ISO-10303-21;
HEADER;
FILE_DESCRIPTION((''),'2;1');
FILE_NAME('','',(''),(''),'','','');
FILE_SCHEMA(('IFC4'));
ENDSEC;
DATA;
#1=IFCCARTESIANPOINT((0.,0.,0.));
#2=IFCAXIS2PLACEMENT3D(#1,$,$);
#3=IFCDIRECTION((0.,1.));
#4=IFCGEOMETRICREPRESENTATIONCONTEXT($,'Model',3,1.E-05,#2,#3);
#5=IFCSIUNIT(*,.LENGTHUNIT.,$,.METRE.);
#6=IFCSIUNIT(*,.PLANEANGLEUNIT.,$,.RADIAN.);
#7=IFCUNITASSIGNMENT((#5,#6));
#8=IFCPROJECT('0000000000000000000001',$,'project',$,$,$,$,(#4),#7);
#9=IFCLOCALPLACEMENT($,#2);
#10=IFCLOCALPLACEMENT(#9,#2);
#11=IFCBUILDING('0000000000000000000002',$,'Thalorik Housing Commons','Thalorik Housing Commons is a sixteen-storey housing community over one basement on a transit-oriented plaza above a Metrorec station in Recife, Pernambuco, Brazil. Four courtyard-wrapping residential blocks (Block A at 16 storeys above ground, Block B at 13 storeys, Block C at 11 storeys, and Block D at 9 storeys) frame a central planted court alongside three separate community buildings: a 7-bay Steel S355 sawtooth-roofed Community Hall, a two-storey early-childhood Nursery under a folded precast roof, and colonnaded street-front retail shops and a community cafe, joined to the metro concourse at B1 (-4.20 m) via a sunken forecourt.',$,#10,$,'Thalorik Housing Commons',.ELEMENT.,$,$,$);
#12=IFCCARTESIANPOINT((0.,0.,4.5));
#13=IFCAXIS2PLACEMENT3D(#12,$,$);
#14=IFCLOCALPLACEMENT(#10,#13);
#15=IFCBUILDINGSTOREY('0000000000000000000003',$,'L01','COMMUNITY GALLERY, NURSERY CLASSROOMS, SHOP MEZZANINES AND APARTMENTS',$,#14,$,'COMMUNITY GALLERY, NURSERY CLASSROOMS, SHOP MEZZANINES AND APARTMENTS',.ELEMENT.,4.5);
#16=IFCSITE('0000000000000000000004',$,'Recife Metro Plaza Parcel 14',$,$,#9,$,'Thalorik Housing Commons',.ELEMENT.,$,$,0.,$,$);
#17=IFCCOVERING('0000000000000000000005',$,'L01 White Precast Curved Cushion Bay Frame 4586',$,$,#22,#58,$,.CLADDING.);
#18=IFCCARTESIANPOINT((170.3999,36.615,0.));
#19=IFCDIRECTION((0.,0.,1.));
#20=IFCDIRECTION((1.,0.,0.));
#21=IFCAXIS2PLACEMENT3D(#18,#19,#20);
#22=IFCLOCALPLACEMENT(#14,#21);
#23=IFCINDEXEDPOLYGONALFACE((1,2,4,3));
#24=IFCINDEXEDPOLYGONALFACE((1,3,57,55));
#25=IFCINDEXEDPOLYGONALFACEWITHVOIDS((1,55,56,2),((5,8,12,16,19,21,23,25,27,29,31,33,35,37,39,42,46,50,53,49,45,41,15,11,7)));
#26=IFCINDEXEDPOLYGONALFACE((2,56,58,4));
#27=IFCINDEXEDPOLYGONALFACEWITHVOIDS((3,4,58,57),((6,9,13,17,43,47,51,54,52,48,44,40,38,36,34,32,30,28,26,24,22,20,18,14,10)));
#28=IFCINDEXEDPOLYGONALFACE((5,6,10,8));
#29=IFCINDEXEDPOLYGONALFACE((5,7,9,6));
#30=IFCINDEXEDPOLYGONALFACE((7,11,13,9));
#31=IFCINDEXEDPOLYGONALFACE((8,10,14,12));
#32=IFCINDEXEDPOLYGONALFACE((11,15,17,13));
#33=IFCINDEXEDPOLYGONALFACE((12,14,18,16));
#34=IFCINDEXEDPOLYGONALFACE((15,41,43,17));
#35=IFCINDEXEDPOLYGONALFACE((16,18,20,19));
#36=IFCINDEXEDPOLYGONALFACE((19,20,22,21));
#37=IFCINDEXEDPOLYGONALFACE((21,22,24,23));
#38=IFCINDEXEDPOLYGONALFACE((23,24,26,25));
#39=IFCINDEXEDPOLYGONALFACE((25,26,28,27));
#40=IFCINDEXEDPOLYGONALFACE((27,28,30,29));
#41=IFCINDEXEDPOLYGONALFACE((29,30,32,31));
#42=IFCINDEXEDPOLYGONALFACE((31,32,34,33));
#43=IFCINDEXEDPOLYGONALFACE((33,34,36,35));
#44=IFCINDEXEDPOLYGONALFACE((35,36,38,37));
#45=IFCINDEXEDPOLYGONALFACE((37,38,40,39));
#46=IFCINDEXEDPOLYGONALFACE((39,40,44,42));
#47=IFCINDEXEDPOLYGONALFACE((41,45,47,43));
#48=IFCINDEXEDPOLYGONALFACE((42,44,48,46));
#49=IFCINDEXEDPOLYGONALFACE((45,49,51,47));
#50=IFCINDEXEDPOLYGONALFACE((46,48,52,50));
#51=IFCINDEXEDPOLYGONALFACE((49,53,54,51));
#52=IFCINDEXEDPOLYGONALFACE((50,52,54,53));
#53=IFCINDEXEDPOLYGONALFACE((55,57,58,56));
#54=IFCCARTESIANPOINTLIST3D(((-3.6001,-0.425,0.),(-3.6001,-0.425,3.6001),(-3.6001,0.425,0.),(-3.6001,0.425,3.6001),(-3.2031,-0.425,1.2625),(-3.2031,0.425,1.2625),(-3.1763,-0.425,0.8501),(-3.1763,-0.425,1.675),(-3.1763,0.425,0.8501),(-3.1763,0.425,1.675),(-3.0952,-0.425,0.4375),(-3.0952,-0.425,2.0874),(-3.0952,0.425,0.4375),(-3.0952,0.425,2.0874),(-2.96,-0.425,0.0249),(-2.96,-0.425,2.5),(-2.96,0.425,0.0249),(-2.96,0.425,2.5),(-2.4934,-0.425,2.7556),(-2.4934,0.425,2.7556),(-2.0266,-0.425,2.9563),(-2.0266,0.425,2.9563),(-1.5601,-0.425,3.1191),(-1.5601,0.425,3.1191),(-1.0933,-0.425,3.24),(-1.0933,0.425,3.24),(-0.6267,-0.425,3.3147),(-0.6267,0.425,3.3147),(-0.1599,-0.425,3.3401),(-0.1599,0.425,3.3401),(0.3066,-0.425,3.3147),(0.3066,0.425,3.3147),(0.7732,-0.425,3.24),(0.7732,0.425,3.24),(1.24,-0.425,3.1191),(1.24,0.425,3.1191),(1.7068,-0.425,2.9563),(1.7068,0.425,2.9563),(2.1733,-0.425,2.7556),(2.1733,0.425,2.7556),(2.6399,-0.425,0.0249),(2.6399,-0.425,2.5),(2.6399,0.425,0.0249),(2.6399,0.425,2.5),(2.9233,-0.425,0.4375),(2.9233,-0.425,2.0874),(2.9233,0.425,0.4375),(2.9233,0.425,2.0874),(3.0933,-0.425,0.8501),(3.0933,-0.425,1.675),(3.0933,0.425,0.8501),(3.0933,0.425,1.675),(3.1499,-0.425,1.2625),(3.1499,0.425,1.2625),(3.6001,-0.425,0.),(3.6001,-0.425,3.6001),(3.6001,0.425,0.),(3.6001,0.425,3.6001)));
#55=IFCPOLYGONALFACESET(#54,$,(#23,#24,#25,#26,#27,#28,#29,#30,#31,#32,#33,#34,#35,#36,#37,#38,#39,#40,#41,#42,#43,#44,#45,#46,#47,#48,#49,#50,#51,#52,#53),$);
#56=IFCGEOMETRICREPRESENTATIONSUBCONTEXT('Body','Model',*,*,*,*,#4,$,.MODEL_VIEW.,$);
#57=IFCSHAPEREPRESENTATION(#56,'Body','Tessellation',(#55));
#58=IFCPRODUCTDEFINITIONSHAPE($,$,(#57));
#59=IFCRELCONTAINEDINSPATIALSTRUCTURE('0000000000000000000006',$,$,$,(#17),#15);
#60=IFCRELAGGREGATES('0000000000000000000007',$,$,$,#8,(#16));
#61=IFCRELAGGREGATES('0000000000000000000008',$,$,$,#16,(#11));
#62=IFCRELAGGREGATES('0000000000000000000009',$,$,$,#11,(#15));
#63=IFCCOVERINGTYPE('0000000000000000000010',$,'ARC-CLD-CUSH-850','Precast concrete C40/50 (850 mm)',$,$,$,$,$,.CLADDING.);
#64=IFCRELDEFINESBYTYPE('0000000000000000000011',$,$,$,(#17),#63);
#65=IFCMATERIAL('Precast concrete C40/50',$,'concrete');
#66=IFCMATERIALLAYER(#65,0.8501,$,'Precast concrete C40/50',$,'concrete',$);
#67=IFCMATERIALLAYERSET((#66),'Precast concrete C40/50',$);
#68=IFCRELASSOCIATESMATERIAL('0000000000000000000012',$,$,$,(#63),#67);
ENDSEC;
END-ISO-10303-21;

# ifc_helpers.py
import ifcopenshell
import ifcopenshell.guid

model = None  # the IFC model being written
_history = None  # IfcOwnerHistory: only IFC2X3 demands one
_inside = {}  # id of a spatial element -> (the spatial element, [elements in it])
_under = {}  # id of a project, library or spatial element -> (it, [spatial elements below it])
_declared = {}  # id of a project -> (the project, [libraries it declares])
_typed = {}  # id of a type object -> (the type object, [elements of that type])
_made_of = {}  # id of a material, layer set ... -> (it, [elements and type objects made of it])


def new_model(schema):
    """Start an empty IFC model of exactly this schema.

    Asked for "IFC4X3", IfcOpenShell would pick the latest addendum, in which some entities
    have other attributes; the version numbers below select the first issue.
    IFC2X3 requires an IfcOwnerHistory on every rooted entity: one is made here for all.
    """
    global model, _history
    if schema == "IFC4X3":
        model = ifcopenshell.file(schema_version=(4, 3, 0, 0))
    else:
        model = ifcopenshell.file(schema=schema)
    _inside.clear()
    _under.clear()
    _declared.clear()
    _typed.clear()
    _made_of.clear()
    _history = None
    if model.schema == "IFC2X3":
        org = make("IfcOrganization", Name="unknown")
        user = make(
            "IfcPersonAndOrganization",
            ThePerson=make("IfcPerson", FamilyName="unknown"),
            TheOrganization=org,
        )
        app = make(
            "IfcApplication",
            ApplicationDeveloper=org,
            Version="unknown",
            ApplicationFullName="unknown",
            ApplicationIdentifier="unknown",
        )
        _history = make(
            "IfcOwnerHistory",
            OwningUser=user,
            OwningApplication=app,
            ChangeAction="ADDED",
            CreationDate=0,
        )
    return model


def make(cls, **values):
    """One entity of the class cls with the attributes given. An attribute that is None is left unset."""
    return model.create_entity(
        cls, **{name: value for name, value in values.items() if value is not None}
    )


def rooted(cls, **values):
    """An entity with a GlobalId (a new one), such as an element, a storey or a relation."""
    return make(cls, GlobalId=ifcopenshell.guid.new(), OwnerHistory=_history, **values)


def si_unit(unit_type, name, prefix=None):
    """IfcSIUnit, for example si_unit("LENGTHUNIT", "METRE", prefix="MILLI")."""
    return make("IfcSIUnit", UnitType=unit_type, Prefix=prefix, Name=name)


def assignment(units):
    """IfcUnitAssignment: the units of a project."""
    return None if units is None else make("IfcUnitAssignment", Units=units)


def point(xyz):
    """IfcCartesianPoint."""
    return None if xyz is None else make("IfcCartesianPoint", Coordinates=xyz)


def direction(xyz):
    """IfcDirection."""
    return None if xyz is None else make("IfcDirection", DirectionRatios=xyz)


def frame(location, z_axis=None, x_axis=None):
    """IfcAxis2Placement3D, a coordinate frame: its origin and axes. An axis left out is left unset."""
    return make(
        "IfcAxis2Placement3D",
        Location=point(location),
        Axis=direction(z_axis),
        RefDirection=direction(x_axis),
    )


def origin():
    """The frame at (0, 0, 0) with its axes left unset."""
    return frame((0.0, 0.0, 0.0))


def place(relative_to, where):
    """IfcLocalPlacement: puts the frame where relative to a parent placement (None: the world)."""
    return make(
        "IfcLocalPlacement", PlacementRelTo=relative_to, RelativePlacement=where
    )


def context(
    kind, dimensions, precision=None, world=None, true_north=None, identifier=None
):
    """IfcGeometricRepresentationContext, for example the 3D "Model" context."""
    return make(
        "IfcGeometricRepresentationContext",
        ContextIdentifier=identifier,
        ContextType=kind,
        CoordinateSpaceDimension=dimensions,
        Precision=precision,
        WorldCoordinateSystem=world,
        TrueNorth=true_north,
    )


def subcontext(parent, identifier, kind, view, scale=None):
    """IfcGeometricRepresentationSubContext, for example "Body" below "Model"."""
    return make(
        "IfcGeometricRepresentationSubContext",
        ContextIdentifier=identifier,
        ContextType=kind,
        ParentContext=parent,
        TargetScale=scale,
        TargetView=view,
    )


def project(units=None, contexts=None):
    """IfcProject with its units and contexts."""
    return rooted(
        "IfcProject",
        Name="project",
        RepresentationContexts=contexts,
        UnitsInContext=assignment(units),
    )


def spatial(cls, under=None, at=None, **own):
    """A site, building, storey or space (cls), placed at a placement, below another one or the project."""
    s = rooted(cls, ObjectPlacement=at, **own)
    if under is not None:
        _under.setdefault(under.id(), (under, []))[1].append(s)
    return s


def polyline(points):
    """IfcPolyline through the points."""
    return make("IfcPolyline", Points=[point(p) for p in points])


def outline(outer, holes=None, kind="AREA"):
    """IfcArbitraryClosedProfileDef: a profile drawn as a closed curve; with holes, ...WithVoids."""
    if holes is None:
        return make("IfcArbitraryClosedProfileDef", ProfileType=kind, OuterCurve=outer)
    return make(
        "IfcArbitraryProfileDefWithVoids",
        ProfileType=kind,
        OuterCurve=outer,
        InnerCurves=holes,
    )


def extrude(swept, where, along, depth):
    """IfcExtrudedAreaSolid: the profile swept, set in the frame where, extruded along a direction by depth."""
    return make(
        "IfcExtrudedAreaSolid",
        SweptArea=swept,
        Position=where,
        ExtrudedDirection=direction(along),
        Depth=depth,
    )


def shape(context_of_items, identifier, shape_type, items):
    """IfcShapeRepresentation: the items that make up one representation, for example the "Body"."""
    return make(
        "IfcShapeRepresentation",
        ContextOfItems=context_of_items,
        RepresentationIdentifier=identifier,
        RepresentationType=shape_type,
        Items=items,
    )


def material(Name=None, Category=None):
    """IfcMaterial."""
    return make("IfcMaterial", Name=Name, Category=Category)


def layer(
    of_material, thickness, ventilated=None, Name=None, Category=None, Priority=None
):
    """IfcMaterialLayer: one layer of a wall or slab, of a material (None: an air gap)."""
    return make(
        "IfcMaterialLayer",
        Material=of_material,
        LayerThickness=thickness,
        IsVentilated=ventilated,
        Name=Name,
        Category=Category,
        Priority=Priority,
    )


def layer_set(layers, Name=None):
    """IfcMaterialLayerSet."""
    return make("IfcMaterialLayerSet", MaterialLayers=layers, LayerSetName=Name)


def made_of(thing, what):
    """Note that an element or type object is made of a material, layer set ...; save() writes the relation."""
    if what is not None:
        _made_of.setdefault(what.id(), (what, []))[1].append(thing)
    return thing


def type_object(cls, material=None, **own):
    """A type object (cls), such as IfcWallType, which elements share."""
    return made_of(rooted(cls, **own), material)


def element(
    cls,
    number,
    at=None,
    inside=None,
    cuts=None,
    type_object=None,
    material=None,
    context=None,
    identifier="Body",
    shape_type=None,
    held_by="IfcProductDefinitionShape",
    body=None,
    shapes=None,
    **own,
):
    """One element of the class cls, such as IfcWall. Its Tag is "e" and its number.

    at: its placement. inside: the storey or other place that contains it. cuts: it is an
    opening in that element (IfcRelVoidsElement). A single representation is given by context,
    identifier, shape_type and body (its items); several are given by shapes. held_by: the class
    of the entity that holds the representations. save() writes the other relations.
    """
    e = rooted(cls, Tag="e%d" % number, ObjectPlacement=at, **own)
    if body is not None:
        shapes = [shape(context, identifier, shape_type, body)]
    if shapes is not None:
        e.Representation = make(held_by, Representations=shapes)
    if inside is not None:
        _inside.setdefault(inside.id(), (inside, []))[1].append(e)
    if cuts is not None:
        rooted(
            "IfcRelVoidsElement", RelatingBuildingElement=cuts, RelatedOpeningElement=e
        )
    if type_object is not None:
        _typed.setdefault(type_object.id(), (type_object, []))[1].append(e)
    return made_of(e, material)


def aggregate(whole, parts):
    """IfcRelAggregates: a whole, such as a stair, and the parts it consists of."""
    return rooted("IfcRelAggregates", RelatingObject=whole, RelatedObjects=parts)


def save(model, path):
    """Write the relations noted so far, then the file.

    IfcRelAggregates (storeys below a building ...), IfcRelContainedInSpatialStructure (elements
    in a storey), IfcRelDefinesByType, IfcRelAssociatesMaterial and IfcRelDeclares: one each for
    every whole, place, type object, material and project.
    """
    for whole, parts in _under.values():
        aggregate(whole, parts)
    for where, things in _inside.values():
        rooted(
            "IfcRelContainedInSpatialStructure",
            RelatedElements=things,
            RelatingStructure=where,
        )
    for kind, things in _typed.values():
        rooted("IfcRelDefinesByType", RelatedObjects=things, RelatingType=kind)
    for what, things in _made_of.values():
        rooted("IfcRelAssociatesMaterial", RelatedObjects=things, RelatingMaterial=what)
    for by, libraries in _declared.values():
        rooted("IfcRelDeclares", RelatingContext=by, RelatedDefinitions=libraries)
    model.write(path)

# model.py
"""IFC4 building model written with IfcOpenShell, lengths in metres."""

from ifc_helpers import new_model, si_unit, direction, frame, origin, place, context, subcontext, project, spatial, polyline, outline, extrude, material, layer, layer_set, type_object, element, save


model = new_model("IFC4")

# Units and contexts
model_context = context("Model", 3, precision=1e-05, world=origin(), true_north=direction((0.0, 1.0)))
body_context = subcontext(model_context, "Body", "Model", "MODEL_VIEW")
ifc_project = project(units=[si_unit("LENGTHUNIT", "METRE"), si_unit("PLANEANGLEUNIT", "RADIAN")], contexts=[model_context])

# Site, building, storey
site_placement = place(None, origin())
site = spatial("IfcSite", under=ifc_project, at=site_placement, Name="Recife Metro Plaza Parcel 14", LongName="Thalorik Housing Commons", CompositionType="ELEMENT", RefElevation=0.0)
building_placement = place(site_placement, origin())
building = spatial("IfcBuilding", under=site, at=building_placement, Name="Thalorik Housing Commons", Description="Thalorik Housing Commons is a sixteen-storey housing community over one basement on a transit-oriented plaza above a Metrorec station in Recife, Pernambuco, Brazil. Four courtyard-wrapping residential blocks (Block A at 16 storeys above ground, Block B at 13 storeys, Block C at 11 storeys, and Block D at 9 storeys) frame a central planted court alongside three separate community buildings: a 7-bay Steel S355 sawtooth-roofed Community Hall, a two-storey early-childhood Nursery under a folded precast roof, and colonnaded street-front retail shops and a community cafe, joined to the metro concourse at B1 (-4.20 m) via a sunken forecourt.", LongName="Thalorik Housing Commons", CompositionType="ELEMENT")
storey_placement = place(building_placement, frame((0.0, 0.0, 4.5)))
storey = spatial("IfcBuildingStorey", under=building, at=storey_placement, Name="L01", Description="COMMUNITY GALLERY, NURSERY CLASSROOMS, SHOP MEZZANINES AND APARTMENTS", LongName="COMMUNITY GALLERY, NURSERY CLASSROOMS, SHOP MEZZANINES AND APARTMENTS", CompositionType="ELEMENT", Elevation=4.5)

# Shared definitions
ifc_material_1 = material(Name="Precast concrete C40/50", Category="concrete")

# Covering
ifc_layer_1 = layer(ifc_material_1, 0.8501, Name="Precast concrete C40/50", Category="concrete")
ifc_layer_set_1 = layer_set([ifc_layer_1], Name="Precast concrete C40/50")
covering_type_1 = type_object("IfcCoveringType", Name="ARC-CLD-CUSH-850", Description="Precast concrete C40/50 (850 mm)", PredefinedType="CLADDING", material=ifc_layer_set_1)
covering_1_placement = place(storey_placement, frame((170.3999, 36.615, 0.0), z_axis=(0.0, 0.0, 1.0), x_axis=(1.0, 0.0, 0.0)))
element("IfcCovering", 1, at=covering_1_placement, inside=storey, type_object=covering_type_1, Name="L01 White Precast Curved Cushion Bay Frame 4586", PredefinedType="CLADDING", context=body_context, shape_type="SweptSolid", body=[
    extrude(outline(polyline([(-3.6001, 0.0), (3.6001, 0.0), (3.6001, 3.6001), (-3.6001, 3.6001), (-3.6001, 0.0)]), holes=[polyline([(2.6399, 0.0249), (2.9233, 0.4375), (3.0933, 0.8501), (3.1499, 1.2625), (3.0933, 1.675), (2.9233, 2.0874), (2.6399, 2.5), (2.1733, 2.7556), (1.7068, 2.9563), (1.24, 3.1191), (0.7732, 3.24), (0.3066, 3.3147), (-0.1599, 3.3401), (-0.6267, 3.3147), (-1.0933, 3.24), (-1.5601, 3.1191), (-2.0266, 2.9563), (-2.4934, 2.7556), (-2.96, 2.5), (-3.0952, 2.0874), (-3.1763, 1.675), (-3.2031, 1.2625), (-3.1763, 0.8501), (-3.0952, 0.4375), (-2.96, 0.0249), (2.6399, 0.0249)])]), frame((0.0, 0.425, 0.0), z_axis=(0.0, -1.0, 0.0), x_axis=(1.0, 0.0, 0.0)), (0.0, 0.0, 1.0), 0.8501),
])

save(model, "model.ifc")
